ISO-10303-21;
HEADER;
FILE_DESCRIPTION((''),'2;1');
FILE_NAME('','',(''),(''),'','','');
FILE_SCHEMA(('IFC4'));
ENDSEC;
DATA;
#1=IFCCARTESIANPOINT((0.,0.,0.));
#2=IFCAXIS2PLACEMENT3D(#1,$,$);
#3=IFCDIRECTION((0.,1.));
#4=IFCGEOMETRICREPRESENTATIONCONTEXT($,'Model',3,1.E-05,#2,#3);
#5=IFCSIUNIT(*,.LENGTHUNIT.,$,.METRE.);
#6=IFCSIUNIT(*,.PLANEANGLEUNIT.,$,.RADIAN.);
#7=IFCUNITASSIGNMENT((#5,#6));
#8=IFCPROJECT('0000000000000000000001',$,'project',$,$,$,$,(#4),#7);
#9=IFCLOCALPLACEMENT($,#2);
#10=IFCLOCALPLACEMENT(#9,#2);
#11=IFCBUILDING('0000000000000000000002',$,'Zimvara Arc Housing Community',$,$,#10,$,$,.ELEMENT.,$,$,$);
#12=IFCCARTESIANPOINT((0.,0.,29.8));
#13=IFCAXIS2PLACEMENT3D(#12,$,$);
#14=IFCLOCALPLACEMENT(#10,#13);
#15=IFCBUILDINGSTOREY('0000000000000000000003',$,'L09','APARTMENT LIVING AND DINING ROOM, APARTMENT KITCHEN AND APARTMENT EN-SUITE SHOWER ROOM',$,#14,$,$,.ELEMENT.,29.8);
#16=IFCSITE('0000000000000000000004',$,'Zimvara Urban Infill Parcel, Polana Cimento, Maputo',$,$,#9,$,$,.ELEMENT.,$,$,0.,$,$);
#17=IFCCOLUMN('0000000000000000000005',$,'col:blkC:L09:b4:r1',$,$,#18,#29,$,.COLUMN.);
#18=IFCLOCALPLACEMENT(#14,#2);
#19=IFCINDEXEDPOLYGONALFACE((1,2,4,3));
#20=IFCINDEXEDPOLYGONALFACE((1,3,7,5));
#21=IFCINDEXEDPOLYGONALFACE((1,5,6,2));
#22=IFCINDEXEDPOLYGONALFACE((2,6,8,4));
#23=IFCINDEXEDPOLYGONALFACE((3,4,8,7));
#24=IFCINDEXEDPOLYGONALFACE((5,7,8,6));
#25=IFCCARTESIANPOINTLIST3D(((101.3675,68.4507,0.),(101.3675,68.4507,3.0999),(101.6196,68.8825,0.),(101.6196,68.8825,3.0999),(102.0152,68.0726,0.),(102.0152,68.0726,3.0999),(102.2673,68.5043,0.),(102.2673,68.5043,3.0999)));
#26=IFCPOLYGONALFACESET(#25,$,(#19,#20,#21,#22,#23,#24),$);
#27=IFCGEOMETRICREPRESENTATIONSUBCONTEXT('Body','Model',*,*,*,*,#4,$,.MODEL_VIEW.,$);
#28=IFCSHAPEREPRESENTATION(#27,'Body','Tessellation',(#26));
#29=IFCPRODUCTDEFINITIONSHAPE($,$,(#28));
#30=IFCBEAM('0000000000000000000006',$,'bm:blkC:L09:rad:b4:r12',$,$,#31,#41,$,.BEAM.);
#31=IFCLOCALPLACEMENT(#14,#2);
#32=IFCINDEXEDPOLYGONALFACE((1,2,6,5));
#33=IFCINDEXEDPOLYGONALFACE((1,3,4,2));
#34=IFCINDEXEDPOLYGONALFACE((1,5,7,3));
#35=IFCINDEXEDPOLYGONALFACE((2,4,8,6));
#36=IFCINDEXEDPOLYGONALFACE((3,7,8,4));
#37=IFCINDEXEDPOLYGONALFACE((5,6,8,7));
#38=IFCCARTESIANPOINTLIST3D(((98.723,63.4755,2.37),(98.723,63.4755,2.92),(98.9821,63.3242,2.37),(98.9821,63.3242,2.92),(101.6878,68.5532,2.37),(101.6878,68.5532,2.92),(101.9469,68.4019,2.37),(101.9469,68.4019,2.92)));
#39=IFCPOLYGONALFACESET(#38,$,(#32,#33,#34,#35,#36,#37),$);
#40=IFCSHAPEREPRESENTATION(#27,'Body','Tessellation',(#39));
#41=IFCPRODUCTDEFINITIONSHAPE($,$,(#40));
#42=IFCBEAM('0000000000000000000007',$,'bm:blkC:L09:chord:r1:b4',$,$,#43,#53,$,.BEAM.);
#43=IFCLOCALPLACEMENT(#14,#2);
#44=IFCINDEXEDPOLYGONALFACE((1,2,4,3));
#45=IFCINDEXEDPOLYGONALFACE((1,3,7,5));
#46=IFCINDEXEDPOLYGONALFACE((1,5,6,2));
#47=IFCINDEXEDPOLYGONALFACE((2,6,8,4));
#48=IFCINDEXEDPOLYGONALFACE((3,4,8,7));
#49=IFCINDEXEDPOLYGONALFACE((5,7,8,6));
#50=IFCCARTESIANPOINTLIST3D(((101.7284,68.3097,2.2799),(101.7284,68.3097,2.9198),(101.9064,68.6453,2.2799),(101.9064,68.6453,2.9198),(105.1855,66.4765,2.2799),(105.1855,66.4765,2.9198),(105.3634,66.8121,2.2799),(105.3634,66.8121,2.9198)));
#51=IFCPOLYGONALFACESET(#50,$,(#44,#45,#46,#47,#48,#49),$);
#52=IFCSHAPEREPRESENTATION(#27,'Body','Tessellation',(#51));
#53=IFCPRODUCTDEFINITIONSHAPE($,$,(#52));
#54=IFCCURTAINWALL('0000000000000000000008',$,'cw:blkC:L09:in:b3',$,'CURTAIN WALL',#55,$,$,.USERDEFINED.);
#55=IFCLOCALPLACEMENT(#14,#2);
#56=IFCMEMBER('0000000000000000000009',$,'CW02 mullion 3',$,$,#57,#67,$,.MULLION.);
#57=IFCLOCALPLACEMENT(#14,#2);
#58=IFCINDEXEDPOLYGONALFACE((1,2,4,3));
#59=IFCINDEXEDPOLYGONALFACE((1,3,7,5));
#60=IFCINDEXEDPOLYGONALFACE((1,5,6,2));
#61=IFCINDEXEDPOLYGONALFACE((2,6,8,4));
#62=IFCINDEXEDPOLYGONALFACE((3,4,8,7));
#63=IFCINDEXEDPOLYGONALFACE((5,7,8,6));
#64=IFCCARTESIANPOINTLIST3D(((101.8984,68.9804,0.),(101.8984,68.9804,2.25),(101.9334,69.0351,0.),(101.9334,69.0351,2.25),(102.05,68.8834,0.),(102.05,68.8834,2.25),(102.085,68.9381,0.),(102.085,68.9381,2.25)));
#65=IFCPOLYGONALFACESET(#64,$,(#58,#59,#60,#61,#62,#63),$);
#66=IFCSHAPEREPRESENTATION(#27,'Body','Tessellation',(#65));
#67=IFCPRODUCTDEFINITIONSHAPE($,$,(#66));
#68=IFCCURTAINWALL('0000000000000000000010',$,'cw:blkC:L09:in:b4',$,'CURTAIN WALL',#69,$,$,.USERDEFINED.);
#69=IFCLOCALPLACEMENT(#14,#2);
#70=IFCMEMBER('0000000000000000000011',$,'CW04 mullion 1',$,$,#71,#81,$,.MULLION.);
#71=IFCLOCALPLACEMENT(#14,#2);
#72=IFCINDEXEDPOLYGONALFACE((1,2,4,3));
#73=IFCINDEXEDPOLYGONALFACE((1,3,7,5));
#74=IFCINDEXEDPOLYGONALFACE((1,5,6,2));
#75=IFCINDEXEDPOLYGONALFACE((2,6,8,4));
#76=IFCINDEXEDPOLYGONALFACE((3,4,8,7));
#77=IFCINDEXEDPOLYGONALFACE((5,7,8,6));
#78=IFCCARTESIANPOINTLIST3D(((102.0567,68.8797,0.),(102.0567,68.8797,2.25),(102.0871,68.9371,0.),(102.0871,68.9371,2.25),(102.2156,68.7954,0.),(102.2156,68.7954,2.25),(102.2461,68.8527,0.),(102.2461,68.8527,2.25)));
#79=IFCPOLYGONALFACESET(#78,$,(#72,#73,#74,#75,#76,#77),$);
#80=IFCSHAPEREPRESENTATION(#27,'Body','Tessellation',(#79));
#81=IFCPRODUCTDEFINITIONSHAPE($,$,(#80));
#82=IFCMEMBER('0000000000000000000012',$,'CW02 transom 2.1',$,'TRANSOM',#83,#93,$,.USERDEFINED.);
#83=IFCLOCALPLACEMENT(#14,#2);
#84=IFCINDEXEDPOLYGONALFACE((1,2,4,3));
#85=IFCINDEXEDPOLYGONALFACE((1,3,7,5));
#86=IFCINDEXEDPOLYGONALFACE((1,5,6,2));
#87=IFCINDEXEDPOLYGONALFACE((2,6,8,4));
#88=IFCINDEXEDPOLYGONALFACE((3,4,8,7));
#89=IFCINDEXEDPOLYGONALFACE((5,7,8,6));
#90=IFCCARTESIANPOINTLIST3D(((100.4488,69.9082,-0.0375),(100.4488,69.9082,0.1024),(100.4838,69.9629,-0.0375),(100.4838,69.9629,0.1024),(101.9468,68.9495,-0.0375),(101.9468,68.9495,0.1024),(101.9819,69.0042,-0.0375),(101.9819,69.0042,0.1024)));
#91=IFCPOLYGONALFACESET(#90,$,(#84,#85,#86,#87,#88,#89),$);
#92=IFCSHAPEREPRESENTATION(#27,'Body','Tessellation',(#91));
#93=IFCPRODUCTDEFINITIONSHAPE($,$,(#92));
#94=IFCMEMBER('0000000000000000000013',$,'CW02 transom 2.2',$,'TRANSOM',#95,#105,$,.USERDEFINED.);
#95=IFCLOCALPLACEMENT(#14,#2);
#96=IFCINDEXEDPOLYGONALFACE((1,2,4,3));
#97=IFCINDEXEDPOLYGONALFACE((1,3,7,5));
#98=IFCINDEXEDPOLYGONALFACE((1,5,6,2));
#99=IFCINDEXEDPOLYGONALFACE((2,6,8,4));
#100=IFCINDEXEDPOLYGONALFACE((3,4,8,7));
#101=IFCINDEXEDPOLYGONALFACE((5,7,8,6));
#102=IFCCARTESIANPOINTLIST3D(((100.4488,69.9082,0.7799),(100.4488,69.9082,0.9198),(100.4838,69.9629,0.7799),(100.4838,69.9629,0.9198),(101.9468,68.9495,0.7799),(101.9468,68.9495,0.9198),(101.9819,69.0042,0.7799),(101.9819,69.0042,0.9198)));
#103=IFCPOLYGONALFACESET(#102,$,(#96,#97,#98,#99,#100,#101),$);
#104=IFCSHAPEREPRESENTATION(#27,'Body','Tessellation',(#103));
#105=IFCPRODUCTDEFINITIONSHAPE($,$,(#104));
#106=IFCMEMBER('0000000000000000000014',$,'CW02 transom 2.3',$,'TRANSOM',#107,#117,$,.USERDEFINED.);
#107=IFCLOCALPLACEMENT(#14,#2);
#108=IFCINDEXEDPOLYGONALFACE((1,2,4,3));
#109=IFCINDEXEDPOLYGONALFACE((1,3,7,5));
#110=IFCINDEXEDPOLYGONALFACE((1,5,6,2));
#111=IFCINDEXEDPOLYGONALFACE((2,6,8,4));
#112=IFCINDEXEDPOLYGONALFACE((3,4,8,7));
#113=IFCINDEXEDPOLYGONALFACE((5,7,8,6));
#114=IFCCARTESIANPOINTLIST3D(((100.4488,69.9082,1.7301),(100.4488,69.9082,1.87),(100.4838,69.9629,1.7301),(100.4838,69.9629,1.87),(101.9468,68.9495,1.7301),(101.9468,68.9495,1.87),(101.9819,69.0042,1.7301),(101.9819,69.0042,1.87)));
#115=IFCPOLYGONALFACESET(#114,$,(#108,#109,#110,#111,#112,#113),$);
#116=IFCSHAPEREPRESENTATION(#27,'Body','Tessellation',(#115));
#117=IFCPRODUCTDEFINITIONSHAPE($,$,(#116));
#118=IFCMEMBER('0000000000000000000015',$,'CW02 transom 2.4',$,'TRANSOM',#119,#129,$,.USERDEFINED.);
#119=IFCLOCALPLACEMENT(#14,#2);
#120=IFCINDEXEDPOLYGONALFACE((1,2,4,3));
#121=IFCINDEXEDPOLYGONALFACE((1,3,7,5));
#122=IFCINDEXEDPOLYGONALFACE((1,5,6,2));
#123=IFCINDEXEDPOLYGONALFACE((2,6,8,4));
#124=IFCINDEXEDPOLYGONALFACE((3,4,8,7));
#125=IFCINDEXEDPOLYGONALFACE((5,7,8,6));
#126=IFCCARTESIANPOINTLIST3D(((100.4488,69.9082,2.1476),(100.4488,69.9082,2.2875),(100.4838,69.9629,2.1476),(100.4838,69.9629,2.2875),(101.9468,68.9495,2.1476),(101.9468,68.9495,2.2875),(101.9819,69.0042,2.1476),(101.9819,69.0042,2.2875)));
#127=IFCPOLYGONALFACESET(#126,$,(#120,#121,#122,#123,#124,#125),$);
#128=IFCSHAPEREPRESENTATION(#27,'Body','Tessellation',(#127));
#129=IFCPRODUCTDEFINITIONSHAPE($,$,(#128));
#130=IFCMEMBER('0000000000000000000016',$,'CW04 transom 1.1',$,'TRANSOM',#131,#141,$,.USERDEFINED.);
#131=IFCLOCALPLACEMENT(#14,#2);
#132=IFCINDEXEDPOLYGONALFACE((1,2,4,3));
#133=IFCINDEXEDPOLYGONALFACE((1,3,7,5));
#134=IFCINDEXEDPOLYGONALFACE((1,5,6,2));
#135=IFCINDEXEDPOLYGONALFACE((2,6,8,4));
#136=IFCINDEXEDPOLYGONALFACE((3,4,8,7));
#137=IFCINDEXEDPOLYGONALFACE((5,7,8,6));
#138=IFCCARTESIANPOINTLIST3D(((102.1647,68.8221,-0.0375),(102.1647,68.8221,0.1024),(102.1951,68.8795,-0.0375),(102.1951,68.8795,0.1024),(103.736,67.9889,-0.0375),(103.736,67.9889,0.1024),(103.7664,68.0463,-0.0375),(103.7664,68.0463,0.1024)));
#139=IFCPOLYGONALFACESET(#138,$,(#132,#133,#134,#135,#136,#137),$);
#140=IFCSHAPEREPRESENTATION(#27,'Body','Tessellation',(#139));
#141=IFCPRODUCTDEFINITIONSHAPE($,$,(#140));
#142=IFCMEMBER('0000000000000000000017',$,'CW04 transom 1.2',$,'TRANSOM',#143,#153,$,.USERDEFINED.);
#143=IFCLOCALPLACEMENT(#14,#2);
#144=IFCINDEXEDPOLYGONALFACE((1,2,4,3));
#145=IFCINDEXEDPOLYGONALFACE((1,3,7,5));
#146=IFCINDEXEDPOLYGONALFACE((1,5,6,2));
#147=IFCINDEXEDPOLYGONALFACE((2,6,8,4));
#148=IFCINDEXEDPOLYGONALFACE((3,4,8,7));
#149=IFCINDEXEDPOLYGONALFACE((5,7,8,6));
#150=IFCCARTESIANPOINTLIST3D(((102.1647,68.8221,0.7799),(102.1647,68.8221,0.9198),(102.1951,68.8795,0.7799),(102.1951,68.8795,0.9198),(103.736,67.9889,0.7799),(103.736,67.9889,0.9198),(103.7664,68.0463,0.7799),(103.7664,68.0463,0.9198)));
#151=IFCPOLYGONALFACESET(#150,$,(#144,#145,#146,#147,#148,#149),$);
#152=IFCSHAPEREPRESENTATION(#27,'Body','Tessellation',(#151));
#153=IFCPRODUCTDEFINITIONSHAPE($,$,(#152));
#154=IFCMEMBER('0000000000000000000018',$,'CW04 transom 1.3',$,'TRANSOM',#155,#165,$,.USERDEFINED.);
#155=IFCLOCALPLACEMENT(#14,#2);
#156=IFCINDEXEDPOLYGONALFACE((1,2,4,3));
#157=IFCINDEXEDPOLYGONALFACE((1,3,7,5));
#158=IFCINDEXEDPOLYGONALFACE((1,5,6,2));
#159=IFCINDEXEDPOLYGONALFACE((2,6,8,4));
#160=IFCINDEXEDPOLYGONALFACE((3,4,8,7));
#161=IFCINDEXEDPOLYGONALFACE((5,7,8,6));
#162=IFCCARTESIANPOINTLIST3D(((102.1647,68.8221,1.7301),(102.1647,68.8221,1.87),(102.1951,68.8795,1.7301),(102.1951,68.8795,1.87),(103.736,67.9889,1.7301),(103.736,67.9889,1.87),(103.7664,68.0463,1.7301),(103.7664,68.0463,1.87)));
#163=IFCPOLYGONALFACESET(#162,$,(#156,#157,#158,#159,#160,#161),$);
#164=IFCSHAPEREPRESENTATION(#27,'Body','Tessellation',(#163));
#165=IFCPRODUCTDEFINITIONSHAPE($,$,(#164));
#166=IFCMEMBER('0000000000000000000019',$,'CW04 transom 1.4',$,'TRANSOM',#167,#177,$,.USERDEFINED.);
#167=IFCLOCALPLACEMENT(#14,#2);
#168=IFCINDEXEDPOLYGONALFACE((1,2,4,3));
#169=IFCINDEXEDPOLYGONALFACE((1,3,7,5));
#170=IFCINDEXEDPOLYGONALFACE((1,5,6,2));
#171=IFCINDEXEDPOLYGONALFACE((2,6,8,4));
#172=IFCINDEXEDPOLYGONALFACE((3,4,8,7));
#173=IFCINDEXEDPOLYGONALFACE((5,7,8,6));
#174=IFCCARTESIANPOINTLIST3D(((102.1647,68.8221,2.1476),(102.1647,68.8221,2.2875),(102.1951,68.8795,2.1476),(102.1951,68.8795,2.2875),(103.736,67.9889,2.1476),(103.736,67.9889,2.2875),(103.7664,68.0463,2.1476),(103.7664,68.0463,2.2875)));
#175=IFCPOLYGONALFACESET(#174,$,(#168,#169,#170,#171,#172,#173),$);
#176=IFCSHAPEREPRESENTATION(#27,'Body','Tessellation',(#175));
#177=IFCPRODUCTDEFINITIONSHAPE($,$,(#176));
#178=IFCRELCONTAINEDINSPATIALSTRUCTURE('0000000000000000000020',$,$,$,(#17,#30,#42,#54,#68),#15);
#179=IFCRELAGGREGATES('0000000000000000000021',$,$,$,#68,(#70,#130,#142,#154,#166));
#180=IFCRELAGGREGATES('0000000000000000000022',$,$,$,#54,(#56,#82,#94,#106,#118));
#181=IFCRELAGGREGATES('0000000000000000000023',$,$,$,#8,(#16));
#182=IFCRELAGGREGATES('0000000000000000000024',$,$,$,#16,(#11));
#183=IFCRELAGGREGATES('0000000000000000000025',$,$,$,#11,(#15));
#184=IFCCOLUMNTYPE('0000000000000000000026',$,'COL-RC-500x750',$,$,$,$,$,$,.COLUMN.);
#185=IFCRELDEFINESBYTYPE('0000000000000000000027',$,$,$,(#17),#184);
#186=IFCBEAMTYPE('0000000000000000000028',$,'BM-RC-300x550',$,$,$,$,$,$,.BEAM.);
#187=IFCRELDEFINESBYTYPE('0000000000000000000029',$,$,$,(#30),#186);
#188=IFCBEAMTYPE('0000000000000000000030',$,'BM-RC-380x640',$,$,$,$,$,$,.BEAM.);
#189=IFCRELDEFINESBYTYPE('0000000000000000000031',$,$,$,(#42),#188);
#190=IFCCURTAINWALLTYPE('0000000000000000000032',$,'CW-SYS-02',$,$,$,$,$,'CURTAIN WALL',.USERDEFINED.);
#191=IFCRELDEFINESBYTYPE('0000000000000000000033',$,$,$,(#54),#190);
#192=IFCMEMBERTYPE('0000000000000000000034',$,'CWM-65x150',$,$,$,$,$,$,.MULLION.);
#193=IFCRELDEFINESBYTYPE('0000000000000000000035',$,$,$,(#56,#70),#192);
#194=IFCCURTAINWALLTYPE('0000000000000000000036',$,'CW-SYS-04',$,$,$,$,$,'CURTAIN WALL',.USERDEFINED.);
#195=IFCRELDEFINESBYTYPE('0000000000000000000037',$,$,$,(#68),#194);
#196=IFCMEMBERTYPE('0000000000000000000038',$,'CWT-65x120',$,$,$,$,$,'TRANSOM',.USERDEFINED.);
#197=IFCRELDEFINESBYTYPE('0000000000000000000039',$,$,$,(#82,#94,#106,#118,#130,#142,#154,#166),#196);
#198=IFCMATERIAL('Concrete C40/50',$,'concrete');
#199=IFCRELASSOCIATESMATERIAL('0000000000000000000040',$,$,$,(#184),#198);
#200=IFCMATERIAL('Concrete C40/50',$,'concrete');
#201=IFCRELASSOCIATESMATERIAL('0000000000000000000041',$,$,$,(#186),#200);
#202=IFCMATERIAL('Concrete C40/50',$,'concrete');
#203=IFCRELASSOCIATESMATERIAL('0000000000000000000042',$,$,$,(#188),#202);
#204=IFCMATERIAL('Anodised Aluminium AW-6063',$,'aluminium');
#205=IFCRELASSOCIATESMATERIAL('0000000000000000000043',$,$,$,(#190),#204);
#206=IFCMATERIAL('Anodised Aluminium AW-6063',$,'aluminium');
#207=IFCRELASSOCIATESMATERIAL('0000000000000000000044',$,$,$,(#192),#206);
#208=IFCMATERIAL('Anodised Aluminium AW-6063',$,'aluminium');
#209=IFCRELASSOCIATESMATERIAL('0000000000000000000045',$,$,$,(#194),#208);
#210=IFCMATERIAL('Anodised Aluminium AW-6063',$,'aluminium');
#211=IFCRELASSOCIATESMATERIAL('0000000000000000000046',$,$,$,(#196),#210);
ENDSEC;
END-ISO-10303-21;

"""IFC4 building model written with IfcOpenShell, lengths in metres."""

from ifc_helpers import new_model, si_unit, direction, frame, origin, origin_2d, place, context, subcontext, project, spatial, rectangle, extrude, material, material_profile, profile_set, type_object, element, aggregate, save


model = new_model("IFC4")

# Units and contexts
model_context = context("Model", 3, precision=1e-05, world=origin(), true_north=direction((0.0, 1.0)))
body_context = subcontext(model_context, "Body", "Model", "MODEL_VIEW")
ifc_project = project(units=[si_unit("LENGTHUNIT", "METRE"), si_unit("PLANEANGLEUNIT", "RADIAN")], contexts=[model_context])

# Site, building, storey
site_placement = place(None, origin())
site = spatial("IfcSite", under=ifc_project, at=site_placement, Name="Zimvara Urban Infill Parcel, Polana Cimento, Maputo", CompositionType="ELEMENT", RefElevation=0.0)
building_placement = place(site_placement, origin())
building = spatial("IfcBuilding", under=site, at=building_placement, Name="Zimvara Arc Housing Community", CompositionType="ELEMENT")
storey_placement = place(building_placement, frame((0.0, 0.0, 29.8)))
storey = spatial("IfcBuildingStorey", under=building, at=storey_placement, Name="L09", Description="APARTMENT LIVING AND DINING ROOM, APARTMENT KITCHEN AND APARTMENT EN-SUITE SHOWER ROOM", CompositionType="ELEMENT", Elevation=29.8)

# Column
ifc_material_1 = material(Name="Concrete C40/50", Category="concrete")
ifc_material_profile_1 = material_profile(ifc_material_1, rectangle(XDim=0.5, YDim=0.75, at=origin_2d()), Name="RC 500x750")
ifc_profile_set_1 = profile_set([ifc_material_profile_1], Name="Concrete C40/50")
column_type = type_object("IfcColumnType", Name="COL-RC-500x750", PredefinedType="COLUMN", material=ifc_profile_set_1)
column_placement = place(storey_placement, frame((101.8174, 68.4775, 0.0), z_axis=(0.0, 0.0, 1.0), x_axis=(-0.504226, -0.863572, 0.0)))
element("IfcColumn", 1, at=column_placement, inside=storey, type_object=column_type, Name="col:blkC:L09:b4:r1", PredefinedType="COLUMN", context=body_context, shape_type="SweptSolid", body=[
    extrude(rectangle(XDim=0.5, YDim=0.75, at=origin_2d()), origin(), (0.0, 0.0, 1.0), 3.0999),
])

# Beams
ifc_material_2 = material(Name="Concrete C40/50", Category="concrete")
ifc_material_profile_2 = material_profile(ifc_material_2, rectangle(XDim=0.3, YDim=0.55, at=origin_2d()), Name="RC 300x550")
ifc_profile_set_2 = profile_set([ifc_material_profile_2], Name="Concrete C40/50")
beam_type_1 = type_object("IfcBeamType", Name="BM-RC-300x550", PredefinedType="BEAM", material=ifc_profile_set_2)
beam_1_placement = place(storey_placement, frame((101.8174, 68.4775, 2.645), z_axis=(-0.504238, -0.863565, 0.0), x_axis=(0.863565, -0.504238, 0.0)))
element("IfcBeam", 2, at=beam_1_placement, inside=storey, type_object=beam_type_1, Name="bm:blkC:L09:rad:b4:r12", PredefinedType="BEAM", context=body_context, shape_type="SweptSolid", body=[
    extrude(rectangle(XDim=0.3, YDim=0.55, at=origin_2d()), origin(), (0.0, 0.0, 1.0), 5.8799),
])
ifc_material_3 = material(Name="Concrete C40/50", Category="concrete")
ifc_material_profile_3 = material_profile(ifc_material_3, rectangle(XDim=0.3799, YDim=0.6399, at=origin_2d()), Name="RC 380x640")
ifc_profile_set_3 = profile_set([ifc_material_profile_3], Name="Concrete C40/50")
beam_type_2 = type_object("IfcBeamType", Name="BM-RC-380x640", PredefinedType="BEAM", material=ifc_profile_set_3)
beam_2_placement = place(storey_placement, frame((101.8174, 68.4775, 2.5999), z_axis=(0.883464, -0.468498, 0.0), x_axis=(0.468498, 0.883464, 0.0)))
element("IfcBeam", 3, at=beam_2_placement, inside=storey, type_object=beam_type_2, Name="bm:blkC:L09:chord:r1:b4", PredefinedType="BEAM", context=body_context, shape_type="SweptSolid", body=[
    extrude(rectangle(XDim=0.3799, YDim=0.6399, at=origin_2d()), origin(), (0.0, 0.0, 1.0), 3.9131),
])

# Curtain walls, members
ifc_material_4 = material(Name="Anodised Aluminium AW-6063", Category="aluminium")
curtain_wall_type_1 = type_object("IfcCurtainWallType", Name="CW-SYS-02", ElementType="CURTAIN WALL", PredefinedType="USERDEFINED", material=ifc_material_4)
curtain_wall_1_placement = place(storey_placement, origin())
curtain_wall_1 = element("IfcCurtainWall", 4, at=curtain_wall_1_placement, inside=storey, type_object=curtain_wall_type_1, Name="cw:blkC:L09:in:b3", ObjectType="CURTAIN WALL", PredefinedType="USERDEFINED")
ifc_material_5 = material(Name="Anodised Aluminium AW-6063", Category="aluminium")
ifc_material_profile_4 = material_profile(ifc_material_5, rectangle(XDim=0.0649, YDim=0.1799, at=origin_2d()), Name="ALU 65x180")
ifc_profile_set_4 = profile_set([ifc_material_profile_4], Name="Anodised Aluminium AW-6063")
member_type_1 = type_object("IfcMemberType", Name="CWM-65x150", PredefinedType="MULLION", material=ifc_profile_set_4)
member_1_placement = place(storey_placement, frame((101.9917, 68.9592, 0.0), z_axis=(0.0, 0.0, 1.0), x_axis=(0.539065, 0.842264, 0.0)))
member_1 = element("IfcMember", 5, at=member_1_placement, type_object=member_type_1, Name="CW02 mullion 3", PredefinedType="MULLION", context=body_context, shape_type="SweptSolid", body=[
    extrude(rectangle(XDim=0.0649, YDim=0.1799, at=origin_2d()), origin(), (0.0, 0.0, 1.0), 2.25),
])
ifc_material_6 = material(Name="Anodised Aluminium AW-6063", Category="aluminium")
curtain_wall_type_2 = type_object("IfcCurtainWallType", Name="CW-SYS-04", ElementType="CURTAIN WALL", PredefinedType="USERDEFINED", material=ifc_material_6)
curtain_wall_2_placement = place(storey_placement, origin())
curtain_wall_2 = element("IfcCurtainWall", 6, at=curtain_wall_2_placement, inside=storey, type_object=curtain_wall_type_2, Name="cw:blkC:L09:in:b4", ObjectType="CURTAIN WALL", PredefinedType="USERDEFINED")
member_2_placement = place(storey_placement, frame((102.1514, 68.8662, 0.0), z_axis=(0.0, 0.0, 1.0), x_axis=(0.468547, 0.883439, 0.0)))
member_2 = element("IfcMember", 7, at=member_2_placement, type_object=member_type_1, Name="CW04 mullion 1", PredefinedType="MULLION", context=body_context, shape_type="SweptSolid", body=[
    extrude(rectangle(XDim=0.0649, YDim=0.1799, at=origin_2d()), origin(), (0.0, 0.0, 1.0), 2.25),
])

# Members
ifc_material_7 = material(Name="Anodised Aluminium AW-6063", Category="aluminium")
ifc_material_profile_5 = material_profile(ifc_material_7, rectangle(XDim=0.0649, YDim=0.1399, at=origin_2d()), Name="ALU 65x140")
ifc_profile_set_5 = profile_set([ifc_material_profile_5], Name="Anodised Aluminium AW-6063")
member_type_2 = type_object("IfcMemberType", Name="CWT-65x120", ElementType="TRANSOM", PredefinedType="USERDEFINED", material=ifc_profile_set_5)
member_3_placement = place(storey_placement, frame((100.4663, 69.9355, 0.0325), z_axis=(0.842274, -0.53905, 0.0), x_axis=(0.53905, 0.842274, 0.0)))
member_3 = element("IfcMember", 8, at=member_3_placement, type_object=member_type_2, Name="CW02 transom 2.1", ObjectType="TRANSOM", PredefinedType="USERDEFINED", context=body_context, shape_type="SweptSolid", body=[
    extrude(rectangle(XDim=0.0649, YDim=0.1399, at=origin_2d()), origin(), (0.0, 0.0, 1.0), 1.7786),
])
member_4_placement = place(storey_placement, frame((100.4663, 69.9355, 0.8499), z_axis=(0.842274, -0.53905, 0.0), x_axis=(0.53905, 0.842274, 0.0)))
member_4 = element("IfcMember", 9, at=member_4_placement, type_object=member_type_2, Name="CW02 transom 2.2", ObjectType="TRANSOM", PredefinedType="USERDEFINED", context=body_context, shape_type="SweptSolid", body=[
    extrude(rectangle(XDim=0.0649, YDim=0.1399, at=origin_2d()), origin(), (0.0, 0.0, 1.0), 1.7786),
])
member_5_placement = place(storey_placement, frame((100.4663, 69.9355, 1.8), z_axis=(0.842274, -0.53905, 0.0), x_axis=(0.53905, 0.842274, 0.0)))
member_5 = element("IfcMember", 10, at=member_5_placement, type_object=member_type_2, Name="CW02 transom 2.3", ObjectType="TRANSOM", PredefinedType="USERDEFINED", context=body_context, shape_type="SweptSolid", body=[
    extrude(rectangle(XDim=0.0649, YDim=0.1399, at=origin_2d()), origin(), (0.0, 0.0, 1.0), 1.7786),
])
member_6_placement = place(storey_placement, frame((100.4663, 69.9355, 2.2175), z_axis=(0.842274, -0.53905, 0.0), x_axis=(0.53905, 0.842274, 0.0)))
member_6 = element("IfcMember", 11, at=member_6_placement, type_object=member_type_2, Name="CW02 transom 2.4", ObjectType="TRANSOM", PredefinedType="USERDEFINED", context=body_context, shape_type="SweptSolid", body=[
    extrude(rectangle(XDim=0.0649, YDim=0.1399, at=origin_2d()), origin(), (0.0, 0.0, 1.0), 1.7786),
])
member_7_placement = place(storey_placement, frame((102.1799, 68.8508, 0.0325), z_axis=(0.883464, -0.468499, 0.0), x_axis=(0.468499, 0.883464, 0.0)))
member_7 = element("IfcMember", 12, at=member_7_placement, type_object=member_type_2, Name="CW04 transom 1.1", ObjectType="TRANSOM", PredefinedType="USERDEFINED", context=body_context, shape_type="SweptSolid", body=[
    extrude(rectangle(XDim=0.0649, YDim=0.1399, at=origin_2d()), origin(), (0.0, 0.0, 1.0), 1.7786),
])
member_8_placement = place(storey_placement, frame((102.1799, 68.8508, 0.8499), z_axis=(0.883464, -0.468499, 0.0), x_axis=(0.468499, 0.883464, 0.0)))
member_8 = element("IfcMember", 13, at=member_8_placement, type_object=member_type_2, Name="CW04 transom 1.2", ObjectType="TRANSOM", PredefinedType="USERDEFINED", context=body_context, shape_type="SweptSolid", body=[
    extrude(rectangle(XDim=0.0649, YDim=0.1399, at=origin_2d()), origin(), (0.0, 0.0, 1.0), 1.7786),
])
member_9_placement = place(storey_placement, frame((102.1799, 68.8508, 1.8), z_axis=(0.883464, -0.468499, 0.0), x_axis=(0.468499, 0.883464, 0.0)))
member_9 = element("IfcMember", 14, at=member_9_placement, type_object=member_type_2, Name="CW04 transom 1.3", ObjectType="TRANSOM", PredefinedType="USERDEFINED", context=body_context, shape_type="SweptSolid", body=[
    extrude(rectangle(XDim=0.0649, YDim=0.1399, at=origin_2d()), origin(), (0.0, 0.0, 1.0), 1.7786),
])
member_10_placement = place(storey_placement, frame((102.1799, 68.8508, 2.2175), z_axis=(0.883464, -0.468499, 0.0), x_axis=(0.468499, 0.883464, 0.0)))
member_10 = element("IfcMember", 15, at=member_10_placement, type_object=member_type_2, Name="CW04 transom 1.4", ObjectType="TRANSOM", PredefinedType="USERDEFINED", context=body_context, shape_type="SweptSolid", body=[
    extrude(rectangle(XDim=0.0649, YDim=0.1399, at=origin_2d()), origin(), (0.0, 0.0, 1.0), 1.7786),
])

aggregate(curtain_wall_2, [member_2, member_7, member_8, member_9, member_10])
aggregate(curtain_wall_1, [member_1, member_3, member_4, member_5, member_6])

save(model, "model.ifc")
